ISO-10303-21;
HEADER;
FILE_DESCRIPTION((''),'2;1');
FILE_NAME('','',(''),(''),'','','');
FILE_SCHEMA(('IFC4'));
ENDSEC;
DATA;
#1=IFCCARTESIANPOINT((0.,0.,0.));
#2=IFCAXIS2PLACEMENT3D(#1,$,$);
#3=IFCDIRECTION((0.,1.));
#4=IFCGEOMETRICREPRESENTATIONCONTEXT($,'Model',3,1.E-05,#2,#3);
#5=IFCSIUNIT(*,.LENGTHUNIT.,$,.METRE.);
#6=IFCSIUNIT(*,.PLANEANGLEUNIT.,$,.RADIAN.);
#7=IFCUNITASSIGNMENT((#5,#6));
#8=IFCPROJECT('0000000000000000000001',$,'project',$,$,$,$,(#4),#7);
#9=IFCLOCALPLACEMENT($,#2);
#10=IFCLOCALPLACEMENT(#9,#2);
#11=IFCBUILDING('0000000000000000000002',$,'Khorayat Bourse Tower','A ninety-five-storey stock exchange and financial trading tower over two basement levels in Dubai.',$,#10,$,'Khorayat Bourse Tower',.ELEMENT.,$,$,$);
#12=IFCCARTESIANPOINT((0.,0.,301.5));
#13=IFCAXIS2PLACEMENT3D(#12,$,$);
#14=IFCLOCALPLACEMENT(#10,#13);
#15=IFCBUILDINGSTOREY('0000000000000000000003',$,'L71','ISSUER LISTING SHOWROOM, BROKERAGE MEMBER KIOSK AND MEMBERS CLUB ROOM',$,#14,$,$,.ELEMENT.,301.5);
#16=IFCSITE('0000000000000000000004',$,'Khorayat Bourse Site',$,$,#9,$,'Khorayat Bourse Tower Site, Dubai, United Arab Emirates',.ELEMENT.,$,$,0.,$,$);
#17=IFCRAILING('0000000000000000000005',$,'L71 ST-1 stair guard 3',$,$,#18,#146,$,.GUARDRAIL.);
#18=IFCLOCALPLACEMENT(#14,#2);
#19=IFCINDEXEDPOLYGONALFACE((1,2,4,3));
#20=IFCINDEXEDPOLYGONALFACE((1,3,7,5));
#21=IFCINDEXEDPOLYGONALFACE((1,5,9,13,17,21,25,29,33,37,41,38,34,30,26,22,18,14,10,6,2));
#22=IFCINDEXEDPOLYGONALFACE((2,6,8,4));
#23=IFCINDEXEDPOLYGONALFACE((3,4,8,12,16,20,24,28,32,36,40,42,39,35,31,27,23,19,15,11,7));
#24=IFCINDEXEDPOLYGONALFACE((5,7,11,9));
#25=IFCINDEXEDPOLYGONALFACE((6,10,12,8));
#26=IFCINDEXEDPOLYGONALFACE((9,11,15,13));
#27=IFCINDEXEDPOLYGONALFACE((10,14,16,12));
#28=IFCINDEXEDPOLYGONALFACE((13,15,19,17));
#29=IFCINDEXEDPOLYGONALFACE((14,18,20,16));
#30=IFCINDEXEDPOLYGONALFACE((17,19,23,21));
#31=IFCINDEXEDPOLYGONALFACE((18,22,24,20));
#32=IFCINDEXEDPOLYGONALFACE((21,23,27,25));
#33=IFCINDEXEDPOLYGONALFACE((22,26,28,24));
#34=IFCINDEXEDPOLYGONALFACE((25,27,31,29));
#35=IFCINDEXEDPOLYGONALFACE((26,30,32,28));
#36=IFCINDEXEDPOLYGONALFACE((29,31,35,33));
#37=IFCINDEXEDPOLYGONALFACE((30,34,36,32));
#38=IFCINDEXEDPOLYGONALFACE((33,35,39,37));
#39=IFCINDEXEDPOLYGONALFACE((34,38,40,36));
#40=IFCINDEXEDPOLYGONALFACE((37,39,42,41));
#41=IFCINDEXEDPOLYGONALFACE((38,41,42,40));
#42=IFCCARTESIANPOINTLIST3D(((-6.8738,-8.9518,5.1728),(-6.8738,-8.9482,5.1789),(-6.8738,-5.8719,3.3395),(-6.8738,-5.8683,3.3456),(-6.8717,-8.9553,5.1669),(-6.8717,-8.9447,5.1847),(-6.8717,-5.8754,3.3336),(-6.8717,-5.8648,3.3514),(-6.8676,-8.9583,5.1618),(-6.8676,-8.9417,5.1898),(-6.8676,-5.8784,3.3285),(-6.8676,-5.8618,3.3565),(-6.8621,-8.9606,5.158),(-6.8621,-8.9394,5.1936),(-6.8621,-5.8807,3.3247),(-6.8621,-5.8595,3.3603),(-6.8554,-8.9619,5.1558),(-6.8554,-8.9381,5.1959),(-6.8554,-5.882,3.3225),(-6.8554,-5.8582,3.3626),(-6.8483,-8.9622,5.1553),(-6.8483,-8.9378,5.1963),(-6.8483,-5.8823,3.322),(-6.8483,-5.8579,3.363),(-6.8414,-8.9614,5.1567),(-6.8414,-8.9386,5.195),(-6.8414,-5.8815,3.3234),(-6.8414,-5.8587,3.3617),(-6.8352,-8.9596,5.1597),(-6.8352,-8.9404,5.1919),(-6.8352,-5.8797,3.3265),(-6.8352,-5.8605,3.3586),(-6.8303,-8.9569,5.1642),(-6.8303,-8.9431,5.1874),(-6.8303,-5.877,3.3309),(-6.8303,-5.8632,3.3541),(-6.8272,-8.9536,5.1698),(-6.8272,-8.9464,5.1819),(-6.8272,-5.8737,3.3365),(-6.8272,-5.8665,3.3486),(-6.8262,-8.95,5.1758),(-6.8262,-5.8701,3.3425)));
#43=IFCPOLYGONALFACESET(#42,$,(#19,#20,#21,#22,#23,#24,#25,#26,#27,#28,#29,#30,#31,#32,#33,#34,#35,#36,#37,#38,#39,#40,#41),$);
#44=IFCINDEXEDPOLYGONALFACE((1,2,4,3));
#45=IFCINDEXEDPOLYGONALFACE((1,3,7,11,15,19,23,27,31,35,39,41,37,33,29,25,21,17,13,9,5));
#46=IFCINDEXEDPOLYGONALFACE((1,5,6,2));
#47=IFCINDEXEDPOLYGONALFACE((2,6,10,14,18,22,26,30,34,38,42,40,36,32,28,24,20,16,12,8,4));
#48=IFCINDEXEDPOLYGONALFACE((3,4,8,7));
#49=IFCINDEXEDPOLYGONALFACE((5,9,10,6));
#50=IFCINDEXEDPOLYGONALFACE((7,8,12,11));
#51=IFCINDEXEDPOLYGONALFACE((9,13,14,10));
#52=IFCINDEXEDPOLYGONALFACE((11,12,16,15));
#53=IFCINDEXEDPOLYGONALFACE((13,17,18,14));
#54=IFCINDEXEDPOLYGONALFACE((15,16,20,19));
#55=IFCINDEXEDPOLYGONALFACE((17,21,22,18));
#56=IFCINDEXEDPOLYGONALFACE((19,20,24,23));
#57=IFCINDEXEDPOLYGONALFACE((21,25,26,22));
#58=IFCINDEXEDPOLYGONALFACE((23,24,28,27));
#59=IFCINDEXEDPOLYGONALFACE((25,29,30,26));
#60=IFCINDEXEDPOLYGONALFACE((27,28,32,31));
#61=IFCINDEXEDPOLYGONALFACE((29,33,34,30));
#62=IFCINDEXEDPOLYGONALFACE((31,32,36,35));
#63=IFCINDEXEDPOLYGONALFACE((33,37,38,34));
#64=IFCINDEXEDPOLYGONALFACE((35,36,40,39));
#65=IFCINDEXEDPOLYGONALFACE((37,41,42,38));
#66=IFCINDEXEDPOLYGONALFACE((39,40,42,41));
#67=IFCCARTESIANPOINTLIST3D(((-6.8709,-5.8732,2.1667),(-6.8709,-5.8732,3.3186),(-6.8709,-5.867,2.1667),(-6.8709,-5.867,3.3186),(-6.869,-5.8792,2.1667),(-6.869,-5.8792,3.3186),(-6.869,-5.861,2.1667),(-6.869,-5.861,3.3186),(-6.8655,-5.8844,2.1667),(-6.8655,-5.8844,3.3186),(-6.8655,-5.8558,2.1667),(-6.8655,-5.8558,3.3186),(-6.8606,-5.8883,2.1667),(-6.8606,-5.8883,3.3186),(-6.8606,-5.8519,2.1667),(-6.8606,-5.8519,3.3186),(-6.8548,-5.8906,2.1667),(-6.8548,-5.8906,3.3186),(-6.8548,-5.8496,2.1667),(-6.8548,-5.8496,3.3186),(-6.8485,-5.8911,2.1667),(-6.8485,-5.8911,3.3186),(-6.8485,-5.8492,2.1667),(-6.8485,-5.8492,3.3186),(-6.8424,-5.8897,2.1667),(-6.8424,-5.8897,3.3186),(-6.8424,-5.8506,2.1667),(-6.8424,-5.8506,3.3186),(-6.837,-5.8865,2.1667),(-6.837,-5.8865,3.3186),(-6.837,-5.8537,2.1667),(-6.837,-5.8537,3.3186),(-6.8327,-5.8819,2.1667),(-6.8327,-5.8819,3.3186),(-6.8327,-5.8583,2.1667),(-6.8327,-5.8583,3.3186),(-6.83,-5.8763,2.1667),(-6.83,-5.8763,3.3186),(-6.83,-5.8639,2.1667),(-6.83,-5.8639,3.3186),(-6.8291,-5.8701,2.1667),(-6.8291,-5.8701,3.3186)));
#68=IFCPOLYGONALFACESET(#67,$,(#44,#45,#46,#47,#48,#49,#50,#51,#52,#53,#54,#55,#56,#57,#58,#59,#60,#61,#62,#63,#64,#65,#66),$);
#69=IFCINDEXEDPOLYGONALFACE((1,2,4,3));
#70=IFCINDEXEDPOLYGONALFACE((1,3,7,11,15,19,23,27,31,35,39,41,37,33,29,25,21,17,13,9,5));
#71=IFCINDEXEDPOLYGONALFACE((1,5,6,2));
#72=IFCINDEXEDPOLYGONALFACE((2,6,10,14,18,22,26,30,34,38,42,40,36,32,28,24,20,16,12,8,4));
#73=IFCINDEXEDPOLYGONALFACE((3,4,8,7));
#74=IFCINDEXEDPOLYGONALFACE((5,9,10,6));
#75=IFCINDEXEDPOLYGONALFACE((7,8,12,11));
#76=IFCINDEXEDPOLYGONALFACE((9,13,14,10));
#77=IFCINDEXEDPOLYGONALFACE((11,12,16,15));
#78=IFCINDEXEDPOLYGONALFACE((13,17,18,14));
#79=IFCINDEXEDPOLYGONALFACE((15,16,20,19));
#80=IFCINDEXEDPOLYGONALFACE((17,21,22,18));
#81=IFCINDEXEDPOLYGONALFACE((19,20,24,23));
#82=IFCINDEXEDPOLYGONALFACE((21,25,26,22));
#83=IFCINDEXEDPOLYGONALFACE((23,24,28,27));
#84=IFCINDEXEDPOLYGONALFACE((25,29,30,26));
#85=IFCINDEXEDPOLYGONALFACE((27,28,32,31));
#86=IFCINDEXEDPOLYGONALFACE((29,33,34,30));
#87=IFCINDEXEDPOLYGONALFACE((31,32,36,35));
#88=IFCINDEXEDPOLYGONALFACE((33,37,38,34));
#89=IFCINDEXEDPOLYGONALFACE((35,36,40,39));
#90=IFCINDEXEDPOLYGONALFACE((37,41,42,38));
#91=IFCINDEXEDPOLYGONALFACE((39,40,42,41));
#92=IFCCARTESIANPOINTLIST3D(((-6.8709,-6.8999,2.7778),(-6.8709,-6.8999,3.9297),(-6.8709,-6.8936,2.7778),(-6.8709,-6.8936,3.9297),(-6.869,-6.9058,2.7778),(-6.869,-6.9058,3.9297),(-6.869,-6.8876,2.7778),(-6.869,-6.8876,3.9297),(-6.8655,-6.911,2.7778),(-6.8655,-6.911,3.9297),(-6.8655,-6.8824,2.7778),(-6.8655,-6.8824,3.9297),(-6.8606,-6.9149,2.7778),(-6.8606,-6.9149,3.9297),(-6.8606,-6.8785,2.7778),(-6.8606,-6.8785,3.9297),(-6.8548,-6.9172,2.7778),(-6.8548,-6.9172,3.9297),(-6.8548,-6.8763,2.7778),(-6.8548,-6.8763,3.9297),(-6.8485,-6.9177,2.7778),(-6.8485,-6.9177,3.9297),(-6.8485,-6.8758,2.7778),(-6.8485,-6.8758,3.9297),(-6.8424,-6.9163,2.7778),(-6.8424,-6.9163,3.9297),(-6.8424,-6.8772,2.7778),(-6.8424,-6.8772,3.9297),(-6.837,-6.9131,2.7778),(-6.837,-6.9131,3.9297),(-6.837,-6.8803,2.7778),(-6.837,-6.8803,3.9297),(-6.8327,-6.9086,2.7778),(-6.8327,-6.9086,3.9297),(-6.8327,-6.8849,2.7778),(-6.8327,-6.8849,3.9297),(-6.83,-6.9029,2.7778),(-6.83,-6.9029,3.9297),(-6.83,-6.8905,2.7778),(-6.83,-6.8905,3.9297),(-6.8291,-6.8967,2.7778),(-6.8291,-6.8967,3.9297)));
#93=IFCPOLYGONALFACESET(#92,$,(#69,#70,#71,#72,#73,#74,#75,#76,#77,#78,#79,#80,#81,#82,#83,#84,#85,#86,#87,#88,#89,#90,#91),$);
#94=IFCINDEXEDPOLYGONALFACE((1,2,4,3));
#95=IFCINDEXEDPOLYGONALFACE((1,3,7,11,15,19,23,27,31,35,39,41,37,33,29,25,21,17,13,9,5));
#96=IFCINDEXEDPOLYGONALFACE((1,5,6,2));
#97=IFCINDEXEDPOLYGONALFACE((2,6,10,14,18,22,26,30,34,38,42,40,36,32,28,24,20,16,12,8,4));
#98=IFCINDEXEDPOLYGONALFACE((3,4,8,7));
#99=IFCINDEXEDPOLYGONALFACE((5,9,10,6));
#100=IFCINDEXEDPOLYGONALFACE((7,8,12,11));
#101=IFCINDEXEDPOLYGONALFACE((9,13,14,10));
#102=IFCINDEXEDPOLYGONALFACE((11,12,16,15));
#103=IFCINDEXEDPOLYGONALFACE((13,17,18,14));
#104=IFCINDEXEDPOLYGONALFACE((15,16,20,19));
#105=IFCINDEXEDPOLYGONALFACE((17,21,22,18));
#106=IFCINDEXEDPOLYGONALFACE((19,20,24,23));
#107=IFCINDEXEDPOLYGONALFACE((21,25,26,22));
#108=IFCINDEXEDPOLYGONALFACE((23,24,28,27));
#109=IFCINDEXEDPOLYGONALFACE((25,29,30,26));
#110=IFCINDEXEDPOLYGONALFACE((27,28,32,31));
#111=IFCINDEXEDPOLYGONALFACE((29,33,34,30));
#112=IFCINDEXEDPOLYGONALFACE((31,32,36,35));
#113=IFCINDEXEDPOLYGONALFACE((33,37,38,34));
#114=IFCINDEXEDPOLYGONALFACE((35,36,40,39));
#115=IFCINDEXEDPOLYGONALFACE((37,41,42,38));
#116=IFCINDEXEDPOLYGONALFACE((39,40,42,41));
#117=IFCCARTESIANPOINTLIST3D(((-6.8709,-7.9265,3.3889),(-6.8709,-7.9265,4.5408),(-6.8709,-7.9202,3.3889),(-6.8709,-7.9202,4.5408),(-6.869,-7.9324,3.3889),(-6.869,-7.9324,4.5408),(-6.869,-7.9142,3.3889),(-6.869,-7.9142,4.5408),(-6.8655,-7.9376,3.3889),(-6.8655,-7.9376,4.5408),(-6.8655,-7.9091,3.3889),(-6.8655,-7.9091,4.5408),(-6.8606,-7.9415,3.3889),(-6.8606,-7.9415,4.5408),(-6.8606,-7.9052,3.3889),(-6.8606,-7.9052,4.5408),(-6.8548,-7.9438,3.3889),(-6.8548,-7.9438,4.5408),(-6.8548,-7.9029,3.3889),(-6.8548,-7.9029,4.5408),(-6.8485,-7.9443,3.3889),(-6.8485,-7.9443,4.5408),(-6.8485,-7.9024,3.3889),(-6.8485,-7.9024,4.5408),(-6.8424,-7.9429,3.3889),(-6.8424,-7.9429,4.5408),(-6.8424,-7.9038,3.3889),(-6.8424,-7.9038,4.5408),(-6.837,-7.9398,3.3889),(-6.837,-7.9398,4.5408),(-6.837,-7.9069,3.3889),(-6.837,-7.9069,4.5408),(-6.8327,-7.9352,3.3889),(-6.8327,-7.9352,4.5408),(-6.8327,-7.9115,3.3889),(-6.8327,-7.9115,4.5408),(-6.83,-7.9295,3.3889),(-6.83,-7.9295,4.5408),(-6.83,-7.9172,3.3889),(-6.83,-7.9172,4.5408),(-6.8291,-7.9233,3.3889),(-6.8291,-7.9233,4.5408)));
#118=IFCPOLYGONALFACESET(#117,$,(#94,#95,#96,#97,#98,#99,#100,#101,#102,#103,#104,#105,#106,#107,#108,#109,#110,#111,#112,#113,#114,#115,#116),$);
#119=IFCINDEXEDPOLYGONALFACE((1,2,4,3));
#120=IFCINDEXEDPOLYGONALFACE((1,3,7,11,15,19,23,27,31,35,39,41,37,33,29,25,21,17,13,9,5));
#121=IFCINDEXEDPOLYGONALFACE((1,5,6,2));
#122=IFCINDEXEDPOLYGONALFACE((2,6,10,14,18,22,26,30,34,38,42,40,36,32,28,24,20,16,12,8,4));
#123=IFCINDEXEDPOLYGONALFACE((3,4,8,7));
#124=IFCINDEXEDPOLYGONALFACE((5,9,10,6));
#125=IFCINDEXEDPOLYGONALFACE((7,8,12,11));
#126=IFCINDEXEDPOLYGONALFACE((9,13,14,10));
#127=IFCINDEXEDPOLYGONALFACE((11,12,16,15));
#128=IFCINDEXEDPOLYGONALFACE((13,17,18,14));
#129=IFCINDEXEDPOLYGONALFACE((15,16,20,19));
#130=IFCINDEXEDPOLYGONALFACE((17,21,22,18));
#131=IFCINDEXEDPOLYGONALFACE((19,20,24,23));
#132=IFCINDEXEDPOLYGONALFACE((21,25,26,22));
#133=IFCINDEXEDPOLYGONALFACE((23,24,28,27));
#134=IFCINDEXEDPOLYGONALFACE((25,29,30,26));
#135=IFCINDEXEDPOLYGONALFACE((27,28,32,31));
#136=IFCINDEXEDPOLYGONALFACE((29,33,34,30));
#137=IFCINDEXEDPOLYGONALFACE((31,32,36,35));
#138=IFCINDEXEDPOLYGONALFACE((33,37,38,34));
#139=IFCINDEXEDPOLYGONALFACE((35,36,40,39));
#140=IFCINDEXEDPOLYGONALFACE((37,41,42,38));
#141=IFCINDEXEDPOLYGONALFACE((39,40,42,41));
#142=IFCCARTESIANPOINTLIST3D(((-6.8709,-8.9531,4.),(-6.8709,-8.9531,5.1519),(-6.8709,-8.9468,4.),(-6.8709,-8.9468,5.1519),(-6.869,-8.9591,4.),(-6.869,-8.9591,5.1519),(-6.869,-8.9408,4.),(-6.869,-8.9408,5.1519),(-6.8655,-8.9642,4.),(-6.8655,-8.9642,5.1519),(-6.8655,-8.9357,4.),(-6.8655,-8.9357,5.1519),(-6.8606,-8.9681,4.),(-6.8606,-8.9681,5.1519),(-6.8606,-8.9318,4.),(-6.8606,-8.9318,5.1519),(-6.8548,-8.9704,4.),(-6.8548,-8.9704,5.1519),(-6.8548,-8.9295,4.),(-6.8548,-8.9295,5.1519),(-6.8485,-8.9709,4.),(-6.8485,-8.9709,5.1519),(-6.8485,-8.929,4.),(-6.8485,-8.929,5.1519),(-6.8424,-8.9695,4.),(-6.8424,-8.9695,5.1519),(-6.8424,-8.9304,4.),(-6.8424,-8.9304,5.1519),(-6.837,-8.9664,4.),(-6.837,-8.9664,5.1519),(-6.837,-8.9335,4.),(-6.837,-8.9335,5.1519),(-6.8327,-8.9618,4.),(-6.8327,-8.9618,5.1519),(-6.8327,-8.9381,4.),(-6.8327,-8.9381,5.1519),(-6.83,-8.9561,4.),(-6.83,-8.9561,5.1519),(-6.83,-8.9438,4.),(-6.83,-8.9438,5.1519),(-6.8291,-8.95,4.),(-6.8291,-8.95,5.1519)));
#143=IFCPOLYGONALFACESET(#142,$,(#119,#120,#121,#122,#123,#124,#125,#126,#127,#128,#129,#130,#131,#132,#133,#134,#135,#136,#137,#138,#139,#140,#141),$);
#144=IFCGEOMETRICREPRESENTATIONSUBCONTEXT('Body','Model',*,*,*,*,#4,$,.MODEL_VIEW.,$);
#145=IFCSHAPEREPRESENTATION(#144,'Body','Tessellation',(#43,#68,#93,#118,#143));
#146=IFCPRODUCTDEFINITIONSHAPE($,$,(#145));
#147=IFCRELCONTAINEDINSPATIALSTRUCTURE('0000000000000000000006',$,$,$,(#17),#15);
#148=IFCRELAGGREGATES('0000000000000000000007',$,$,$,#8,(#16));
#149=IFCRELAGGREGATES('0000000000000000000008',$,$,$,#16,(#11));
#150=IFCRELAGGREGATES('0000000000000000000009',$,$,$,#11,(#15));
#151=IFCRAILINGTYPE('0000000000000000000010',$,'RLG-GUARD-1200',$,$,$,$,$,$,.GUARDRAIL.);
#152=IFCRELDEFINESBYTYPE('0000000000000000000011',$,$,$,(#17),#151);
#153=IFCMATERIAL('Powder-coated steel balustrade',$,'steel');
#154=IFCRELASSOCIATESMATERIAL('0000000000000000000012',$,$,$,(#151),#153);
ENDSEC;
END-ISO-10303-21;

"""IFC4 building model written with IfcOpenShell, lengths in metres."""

from ifc_helpers import new_model, si_unit, direction, frame, origin, origin_2d, place, context, subcontext, project, spatial, circle, extrude, source, transform, mapped, material, type_object, element, save


model = new_model("IFC4")

# Units and contexts
model_context = context("Model", 3, precision=1e-05, world=origin(), true_north=direction((0.0, 1.0)))
body_context = subcontext(model_context, "Body", "Model", "MODEL_VIEW")
ifc_project = project(units=[si_unit("LENGTHUNIT", "METRE"), si_unit("PLANEANGLEUNIT", "RADIAN")], contexts=[model_context])

# Site, building, storey
site_placement = place(None, origin())
site = spatial("IfcSite", under=ifc_project, at=site_placement, Name="Khorayat Bourse Site", LongName="Khorayat Bourse Tower Site, Dubai, United Arab Emirates", CompositionType="ELEMENT", RefElevation=0.0)
building_placement = place(site_placement, origin())
building = spatial("IfcBuilding", under=site, at=building_placement, Name="Khorayat Bourse Tower", Description="A ninety-five-storey stock exchange and financial trading tower over two basement levels in Dubai.", LongName="Khorayat Bourse Tower", CompositionType="ELEMENT")
storey_placement = place(building_placement, frame((0.0, 0.0, 301.5)))
storey = spatial("IfcBuildingStorey", under=building, at=storey_placement, Name="L71", Description="ISSUER LISTING SHOWROOM, BROKERAGE MEMBER KIOSK AND MEMBERS CLUB ROOM", CompositionType="ELEMENT", Elevation=301.5)

# Railing
ifc_material_1 = material(Name="Powder-coated steel balustrade", Category="steel")
railing_type_1 = type_object("IfcRailingType", Name="RLG-GUARD-1200", PredefinedType="GUARDRAIL", material=ifc_material_1)
shared_shape_1 = source(origin(), body_context, "Body", "SweptSolid", [
    extrude(circle(Radius=0.0239, at=origin_2d()), frame((0.0, 0.0, 1.1758), z_axis=(0.0, -0.859291, 0.511487), x_axis=(1.0, 0.0, 0.0)), (0.0, 0.0, 1.0), 3.5842),
    extrude(circle(Radius=0.021, at=origin_2d()), origin(), (0.0, 0.0, 1.0), 1.1519),
    extrude(circle(Radius=0.021, at=origin_2d()), frame((0.0, -1.0266, 0.6111)), (0.0, 0.0, 1.0), 1.1519),
    extrude(circle(Radius=0.021, at=origin_2d()), frame((0.0, -2.0532, 1.2222)), (0.0, 0.0, 1.0), 1.1519),
    extrude(circle(Radius=0.021, at=origin_2d()), frame((0.0, -3.0798, 1.8333)), (0.0, 0.0, 1.0), 1.1519),
])
railing_1_placement = place(storey_placement, frame((-6.8501, -5.8701, 2.1667)))
element("IfcRailing", 1, at=railing_1_placement, inside=storey, type_object=railing_type_1, Name="L71 ST-1 stair guard 3", PredefinedType="GUARDRAIL", context=body_context, shape_type="MappedRepresentation", body=[
    mapped(shared_shape_1, transform((0.0, 0.0, 0.0), scale=1.0)),
])

save(model, "model.ifc")
